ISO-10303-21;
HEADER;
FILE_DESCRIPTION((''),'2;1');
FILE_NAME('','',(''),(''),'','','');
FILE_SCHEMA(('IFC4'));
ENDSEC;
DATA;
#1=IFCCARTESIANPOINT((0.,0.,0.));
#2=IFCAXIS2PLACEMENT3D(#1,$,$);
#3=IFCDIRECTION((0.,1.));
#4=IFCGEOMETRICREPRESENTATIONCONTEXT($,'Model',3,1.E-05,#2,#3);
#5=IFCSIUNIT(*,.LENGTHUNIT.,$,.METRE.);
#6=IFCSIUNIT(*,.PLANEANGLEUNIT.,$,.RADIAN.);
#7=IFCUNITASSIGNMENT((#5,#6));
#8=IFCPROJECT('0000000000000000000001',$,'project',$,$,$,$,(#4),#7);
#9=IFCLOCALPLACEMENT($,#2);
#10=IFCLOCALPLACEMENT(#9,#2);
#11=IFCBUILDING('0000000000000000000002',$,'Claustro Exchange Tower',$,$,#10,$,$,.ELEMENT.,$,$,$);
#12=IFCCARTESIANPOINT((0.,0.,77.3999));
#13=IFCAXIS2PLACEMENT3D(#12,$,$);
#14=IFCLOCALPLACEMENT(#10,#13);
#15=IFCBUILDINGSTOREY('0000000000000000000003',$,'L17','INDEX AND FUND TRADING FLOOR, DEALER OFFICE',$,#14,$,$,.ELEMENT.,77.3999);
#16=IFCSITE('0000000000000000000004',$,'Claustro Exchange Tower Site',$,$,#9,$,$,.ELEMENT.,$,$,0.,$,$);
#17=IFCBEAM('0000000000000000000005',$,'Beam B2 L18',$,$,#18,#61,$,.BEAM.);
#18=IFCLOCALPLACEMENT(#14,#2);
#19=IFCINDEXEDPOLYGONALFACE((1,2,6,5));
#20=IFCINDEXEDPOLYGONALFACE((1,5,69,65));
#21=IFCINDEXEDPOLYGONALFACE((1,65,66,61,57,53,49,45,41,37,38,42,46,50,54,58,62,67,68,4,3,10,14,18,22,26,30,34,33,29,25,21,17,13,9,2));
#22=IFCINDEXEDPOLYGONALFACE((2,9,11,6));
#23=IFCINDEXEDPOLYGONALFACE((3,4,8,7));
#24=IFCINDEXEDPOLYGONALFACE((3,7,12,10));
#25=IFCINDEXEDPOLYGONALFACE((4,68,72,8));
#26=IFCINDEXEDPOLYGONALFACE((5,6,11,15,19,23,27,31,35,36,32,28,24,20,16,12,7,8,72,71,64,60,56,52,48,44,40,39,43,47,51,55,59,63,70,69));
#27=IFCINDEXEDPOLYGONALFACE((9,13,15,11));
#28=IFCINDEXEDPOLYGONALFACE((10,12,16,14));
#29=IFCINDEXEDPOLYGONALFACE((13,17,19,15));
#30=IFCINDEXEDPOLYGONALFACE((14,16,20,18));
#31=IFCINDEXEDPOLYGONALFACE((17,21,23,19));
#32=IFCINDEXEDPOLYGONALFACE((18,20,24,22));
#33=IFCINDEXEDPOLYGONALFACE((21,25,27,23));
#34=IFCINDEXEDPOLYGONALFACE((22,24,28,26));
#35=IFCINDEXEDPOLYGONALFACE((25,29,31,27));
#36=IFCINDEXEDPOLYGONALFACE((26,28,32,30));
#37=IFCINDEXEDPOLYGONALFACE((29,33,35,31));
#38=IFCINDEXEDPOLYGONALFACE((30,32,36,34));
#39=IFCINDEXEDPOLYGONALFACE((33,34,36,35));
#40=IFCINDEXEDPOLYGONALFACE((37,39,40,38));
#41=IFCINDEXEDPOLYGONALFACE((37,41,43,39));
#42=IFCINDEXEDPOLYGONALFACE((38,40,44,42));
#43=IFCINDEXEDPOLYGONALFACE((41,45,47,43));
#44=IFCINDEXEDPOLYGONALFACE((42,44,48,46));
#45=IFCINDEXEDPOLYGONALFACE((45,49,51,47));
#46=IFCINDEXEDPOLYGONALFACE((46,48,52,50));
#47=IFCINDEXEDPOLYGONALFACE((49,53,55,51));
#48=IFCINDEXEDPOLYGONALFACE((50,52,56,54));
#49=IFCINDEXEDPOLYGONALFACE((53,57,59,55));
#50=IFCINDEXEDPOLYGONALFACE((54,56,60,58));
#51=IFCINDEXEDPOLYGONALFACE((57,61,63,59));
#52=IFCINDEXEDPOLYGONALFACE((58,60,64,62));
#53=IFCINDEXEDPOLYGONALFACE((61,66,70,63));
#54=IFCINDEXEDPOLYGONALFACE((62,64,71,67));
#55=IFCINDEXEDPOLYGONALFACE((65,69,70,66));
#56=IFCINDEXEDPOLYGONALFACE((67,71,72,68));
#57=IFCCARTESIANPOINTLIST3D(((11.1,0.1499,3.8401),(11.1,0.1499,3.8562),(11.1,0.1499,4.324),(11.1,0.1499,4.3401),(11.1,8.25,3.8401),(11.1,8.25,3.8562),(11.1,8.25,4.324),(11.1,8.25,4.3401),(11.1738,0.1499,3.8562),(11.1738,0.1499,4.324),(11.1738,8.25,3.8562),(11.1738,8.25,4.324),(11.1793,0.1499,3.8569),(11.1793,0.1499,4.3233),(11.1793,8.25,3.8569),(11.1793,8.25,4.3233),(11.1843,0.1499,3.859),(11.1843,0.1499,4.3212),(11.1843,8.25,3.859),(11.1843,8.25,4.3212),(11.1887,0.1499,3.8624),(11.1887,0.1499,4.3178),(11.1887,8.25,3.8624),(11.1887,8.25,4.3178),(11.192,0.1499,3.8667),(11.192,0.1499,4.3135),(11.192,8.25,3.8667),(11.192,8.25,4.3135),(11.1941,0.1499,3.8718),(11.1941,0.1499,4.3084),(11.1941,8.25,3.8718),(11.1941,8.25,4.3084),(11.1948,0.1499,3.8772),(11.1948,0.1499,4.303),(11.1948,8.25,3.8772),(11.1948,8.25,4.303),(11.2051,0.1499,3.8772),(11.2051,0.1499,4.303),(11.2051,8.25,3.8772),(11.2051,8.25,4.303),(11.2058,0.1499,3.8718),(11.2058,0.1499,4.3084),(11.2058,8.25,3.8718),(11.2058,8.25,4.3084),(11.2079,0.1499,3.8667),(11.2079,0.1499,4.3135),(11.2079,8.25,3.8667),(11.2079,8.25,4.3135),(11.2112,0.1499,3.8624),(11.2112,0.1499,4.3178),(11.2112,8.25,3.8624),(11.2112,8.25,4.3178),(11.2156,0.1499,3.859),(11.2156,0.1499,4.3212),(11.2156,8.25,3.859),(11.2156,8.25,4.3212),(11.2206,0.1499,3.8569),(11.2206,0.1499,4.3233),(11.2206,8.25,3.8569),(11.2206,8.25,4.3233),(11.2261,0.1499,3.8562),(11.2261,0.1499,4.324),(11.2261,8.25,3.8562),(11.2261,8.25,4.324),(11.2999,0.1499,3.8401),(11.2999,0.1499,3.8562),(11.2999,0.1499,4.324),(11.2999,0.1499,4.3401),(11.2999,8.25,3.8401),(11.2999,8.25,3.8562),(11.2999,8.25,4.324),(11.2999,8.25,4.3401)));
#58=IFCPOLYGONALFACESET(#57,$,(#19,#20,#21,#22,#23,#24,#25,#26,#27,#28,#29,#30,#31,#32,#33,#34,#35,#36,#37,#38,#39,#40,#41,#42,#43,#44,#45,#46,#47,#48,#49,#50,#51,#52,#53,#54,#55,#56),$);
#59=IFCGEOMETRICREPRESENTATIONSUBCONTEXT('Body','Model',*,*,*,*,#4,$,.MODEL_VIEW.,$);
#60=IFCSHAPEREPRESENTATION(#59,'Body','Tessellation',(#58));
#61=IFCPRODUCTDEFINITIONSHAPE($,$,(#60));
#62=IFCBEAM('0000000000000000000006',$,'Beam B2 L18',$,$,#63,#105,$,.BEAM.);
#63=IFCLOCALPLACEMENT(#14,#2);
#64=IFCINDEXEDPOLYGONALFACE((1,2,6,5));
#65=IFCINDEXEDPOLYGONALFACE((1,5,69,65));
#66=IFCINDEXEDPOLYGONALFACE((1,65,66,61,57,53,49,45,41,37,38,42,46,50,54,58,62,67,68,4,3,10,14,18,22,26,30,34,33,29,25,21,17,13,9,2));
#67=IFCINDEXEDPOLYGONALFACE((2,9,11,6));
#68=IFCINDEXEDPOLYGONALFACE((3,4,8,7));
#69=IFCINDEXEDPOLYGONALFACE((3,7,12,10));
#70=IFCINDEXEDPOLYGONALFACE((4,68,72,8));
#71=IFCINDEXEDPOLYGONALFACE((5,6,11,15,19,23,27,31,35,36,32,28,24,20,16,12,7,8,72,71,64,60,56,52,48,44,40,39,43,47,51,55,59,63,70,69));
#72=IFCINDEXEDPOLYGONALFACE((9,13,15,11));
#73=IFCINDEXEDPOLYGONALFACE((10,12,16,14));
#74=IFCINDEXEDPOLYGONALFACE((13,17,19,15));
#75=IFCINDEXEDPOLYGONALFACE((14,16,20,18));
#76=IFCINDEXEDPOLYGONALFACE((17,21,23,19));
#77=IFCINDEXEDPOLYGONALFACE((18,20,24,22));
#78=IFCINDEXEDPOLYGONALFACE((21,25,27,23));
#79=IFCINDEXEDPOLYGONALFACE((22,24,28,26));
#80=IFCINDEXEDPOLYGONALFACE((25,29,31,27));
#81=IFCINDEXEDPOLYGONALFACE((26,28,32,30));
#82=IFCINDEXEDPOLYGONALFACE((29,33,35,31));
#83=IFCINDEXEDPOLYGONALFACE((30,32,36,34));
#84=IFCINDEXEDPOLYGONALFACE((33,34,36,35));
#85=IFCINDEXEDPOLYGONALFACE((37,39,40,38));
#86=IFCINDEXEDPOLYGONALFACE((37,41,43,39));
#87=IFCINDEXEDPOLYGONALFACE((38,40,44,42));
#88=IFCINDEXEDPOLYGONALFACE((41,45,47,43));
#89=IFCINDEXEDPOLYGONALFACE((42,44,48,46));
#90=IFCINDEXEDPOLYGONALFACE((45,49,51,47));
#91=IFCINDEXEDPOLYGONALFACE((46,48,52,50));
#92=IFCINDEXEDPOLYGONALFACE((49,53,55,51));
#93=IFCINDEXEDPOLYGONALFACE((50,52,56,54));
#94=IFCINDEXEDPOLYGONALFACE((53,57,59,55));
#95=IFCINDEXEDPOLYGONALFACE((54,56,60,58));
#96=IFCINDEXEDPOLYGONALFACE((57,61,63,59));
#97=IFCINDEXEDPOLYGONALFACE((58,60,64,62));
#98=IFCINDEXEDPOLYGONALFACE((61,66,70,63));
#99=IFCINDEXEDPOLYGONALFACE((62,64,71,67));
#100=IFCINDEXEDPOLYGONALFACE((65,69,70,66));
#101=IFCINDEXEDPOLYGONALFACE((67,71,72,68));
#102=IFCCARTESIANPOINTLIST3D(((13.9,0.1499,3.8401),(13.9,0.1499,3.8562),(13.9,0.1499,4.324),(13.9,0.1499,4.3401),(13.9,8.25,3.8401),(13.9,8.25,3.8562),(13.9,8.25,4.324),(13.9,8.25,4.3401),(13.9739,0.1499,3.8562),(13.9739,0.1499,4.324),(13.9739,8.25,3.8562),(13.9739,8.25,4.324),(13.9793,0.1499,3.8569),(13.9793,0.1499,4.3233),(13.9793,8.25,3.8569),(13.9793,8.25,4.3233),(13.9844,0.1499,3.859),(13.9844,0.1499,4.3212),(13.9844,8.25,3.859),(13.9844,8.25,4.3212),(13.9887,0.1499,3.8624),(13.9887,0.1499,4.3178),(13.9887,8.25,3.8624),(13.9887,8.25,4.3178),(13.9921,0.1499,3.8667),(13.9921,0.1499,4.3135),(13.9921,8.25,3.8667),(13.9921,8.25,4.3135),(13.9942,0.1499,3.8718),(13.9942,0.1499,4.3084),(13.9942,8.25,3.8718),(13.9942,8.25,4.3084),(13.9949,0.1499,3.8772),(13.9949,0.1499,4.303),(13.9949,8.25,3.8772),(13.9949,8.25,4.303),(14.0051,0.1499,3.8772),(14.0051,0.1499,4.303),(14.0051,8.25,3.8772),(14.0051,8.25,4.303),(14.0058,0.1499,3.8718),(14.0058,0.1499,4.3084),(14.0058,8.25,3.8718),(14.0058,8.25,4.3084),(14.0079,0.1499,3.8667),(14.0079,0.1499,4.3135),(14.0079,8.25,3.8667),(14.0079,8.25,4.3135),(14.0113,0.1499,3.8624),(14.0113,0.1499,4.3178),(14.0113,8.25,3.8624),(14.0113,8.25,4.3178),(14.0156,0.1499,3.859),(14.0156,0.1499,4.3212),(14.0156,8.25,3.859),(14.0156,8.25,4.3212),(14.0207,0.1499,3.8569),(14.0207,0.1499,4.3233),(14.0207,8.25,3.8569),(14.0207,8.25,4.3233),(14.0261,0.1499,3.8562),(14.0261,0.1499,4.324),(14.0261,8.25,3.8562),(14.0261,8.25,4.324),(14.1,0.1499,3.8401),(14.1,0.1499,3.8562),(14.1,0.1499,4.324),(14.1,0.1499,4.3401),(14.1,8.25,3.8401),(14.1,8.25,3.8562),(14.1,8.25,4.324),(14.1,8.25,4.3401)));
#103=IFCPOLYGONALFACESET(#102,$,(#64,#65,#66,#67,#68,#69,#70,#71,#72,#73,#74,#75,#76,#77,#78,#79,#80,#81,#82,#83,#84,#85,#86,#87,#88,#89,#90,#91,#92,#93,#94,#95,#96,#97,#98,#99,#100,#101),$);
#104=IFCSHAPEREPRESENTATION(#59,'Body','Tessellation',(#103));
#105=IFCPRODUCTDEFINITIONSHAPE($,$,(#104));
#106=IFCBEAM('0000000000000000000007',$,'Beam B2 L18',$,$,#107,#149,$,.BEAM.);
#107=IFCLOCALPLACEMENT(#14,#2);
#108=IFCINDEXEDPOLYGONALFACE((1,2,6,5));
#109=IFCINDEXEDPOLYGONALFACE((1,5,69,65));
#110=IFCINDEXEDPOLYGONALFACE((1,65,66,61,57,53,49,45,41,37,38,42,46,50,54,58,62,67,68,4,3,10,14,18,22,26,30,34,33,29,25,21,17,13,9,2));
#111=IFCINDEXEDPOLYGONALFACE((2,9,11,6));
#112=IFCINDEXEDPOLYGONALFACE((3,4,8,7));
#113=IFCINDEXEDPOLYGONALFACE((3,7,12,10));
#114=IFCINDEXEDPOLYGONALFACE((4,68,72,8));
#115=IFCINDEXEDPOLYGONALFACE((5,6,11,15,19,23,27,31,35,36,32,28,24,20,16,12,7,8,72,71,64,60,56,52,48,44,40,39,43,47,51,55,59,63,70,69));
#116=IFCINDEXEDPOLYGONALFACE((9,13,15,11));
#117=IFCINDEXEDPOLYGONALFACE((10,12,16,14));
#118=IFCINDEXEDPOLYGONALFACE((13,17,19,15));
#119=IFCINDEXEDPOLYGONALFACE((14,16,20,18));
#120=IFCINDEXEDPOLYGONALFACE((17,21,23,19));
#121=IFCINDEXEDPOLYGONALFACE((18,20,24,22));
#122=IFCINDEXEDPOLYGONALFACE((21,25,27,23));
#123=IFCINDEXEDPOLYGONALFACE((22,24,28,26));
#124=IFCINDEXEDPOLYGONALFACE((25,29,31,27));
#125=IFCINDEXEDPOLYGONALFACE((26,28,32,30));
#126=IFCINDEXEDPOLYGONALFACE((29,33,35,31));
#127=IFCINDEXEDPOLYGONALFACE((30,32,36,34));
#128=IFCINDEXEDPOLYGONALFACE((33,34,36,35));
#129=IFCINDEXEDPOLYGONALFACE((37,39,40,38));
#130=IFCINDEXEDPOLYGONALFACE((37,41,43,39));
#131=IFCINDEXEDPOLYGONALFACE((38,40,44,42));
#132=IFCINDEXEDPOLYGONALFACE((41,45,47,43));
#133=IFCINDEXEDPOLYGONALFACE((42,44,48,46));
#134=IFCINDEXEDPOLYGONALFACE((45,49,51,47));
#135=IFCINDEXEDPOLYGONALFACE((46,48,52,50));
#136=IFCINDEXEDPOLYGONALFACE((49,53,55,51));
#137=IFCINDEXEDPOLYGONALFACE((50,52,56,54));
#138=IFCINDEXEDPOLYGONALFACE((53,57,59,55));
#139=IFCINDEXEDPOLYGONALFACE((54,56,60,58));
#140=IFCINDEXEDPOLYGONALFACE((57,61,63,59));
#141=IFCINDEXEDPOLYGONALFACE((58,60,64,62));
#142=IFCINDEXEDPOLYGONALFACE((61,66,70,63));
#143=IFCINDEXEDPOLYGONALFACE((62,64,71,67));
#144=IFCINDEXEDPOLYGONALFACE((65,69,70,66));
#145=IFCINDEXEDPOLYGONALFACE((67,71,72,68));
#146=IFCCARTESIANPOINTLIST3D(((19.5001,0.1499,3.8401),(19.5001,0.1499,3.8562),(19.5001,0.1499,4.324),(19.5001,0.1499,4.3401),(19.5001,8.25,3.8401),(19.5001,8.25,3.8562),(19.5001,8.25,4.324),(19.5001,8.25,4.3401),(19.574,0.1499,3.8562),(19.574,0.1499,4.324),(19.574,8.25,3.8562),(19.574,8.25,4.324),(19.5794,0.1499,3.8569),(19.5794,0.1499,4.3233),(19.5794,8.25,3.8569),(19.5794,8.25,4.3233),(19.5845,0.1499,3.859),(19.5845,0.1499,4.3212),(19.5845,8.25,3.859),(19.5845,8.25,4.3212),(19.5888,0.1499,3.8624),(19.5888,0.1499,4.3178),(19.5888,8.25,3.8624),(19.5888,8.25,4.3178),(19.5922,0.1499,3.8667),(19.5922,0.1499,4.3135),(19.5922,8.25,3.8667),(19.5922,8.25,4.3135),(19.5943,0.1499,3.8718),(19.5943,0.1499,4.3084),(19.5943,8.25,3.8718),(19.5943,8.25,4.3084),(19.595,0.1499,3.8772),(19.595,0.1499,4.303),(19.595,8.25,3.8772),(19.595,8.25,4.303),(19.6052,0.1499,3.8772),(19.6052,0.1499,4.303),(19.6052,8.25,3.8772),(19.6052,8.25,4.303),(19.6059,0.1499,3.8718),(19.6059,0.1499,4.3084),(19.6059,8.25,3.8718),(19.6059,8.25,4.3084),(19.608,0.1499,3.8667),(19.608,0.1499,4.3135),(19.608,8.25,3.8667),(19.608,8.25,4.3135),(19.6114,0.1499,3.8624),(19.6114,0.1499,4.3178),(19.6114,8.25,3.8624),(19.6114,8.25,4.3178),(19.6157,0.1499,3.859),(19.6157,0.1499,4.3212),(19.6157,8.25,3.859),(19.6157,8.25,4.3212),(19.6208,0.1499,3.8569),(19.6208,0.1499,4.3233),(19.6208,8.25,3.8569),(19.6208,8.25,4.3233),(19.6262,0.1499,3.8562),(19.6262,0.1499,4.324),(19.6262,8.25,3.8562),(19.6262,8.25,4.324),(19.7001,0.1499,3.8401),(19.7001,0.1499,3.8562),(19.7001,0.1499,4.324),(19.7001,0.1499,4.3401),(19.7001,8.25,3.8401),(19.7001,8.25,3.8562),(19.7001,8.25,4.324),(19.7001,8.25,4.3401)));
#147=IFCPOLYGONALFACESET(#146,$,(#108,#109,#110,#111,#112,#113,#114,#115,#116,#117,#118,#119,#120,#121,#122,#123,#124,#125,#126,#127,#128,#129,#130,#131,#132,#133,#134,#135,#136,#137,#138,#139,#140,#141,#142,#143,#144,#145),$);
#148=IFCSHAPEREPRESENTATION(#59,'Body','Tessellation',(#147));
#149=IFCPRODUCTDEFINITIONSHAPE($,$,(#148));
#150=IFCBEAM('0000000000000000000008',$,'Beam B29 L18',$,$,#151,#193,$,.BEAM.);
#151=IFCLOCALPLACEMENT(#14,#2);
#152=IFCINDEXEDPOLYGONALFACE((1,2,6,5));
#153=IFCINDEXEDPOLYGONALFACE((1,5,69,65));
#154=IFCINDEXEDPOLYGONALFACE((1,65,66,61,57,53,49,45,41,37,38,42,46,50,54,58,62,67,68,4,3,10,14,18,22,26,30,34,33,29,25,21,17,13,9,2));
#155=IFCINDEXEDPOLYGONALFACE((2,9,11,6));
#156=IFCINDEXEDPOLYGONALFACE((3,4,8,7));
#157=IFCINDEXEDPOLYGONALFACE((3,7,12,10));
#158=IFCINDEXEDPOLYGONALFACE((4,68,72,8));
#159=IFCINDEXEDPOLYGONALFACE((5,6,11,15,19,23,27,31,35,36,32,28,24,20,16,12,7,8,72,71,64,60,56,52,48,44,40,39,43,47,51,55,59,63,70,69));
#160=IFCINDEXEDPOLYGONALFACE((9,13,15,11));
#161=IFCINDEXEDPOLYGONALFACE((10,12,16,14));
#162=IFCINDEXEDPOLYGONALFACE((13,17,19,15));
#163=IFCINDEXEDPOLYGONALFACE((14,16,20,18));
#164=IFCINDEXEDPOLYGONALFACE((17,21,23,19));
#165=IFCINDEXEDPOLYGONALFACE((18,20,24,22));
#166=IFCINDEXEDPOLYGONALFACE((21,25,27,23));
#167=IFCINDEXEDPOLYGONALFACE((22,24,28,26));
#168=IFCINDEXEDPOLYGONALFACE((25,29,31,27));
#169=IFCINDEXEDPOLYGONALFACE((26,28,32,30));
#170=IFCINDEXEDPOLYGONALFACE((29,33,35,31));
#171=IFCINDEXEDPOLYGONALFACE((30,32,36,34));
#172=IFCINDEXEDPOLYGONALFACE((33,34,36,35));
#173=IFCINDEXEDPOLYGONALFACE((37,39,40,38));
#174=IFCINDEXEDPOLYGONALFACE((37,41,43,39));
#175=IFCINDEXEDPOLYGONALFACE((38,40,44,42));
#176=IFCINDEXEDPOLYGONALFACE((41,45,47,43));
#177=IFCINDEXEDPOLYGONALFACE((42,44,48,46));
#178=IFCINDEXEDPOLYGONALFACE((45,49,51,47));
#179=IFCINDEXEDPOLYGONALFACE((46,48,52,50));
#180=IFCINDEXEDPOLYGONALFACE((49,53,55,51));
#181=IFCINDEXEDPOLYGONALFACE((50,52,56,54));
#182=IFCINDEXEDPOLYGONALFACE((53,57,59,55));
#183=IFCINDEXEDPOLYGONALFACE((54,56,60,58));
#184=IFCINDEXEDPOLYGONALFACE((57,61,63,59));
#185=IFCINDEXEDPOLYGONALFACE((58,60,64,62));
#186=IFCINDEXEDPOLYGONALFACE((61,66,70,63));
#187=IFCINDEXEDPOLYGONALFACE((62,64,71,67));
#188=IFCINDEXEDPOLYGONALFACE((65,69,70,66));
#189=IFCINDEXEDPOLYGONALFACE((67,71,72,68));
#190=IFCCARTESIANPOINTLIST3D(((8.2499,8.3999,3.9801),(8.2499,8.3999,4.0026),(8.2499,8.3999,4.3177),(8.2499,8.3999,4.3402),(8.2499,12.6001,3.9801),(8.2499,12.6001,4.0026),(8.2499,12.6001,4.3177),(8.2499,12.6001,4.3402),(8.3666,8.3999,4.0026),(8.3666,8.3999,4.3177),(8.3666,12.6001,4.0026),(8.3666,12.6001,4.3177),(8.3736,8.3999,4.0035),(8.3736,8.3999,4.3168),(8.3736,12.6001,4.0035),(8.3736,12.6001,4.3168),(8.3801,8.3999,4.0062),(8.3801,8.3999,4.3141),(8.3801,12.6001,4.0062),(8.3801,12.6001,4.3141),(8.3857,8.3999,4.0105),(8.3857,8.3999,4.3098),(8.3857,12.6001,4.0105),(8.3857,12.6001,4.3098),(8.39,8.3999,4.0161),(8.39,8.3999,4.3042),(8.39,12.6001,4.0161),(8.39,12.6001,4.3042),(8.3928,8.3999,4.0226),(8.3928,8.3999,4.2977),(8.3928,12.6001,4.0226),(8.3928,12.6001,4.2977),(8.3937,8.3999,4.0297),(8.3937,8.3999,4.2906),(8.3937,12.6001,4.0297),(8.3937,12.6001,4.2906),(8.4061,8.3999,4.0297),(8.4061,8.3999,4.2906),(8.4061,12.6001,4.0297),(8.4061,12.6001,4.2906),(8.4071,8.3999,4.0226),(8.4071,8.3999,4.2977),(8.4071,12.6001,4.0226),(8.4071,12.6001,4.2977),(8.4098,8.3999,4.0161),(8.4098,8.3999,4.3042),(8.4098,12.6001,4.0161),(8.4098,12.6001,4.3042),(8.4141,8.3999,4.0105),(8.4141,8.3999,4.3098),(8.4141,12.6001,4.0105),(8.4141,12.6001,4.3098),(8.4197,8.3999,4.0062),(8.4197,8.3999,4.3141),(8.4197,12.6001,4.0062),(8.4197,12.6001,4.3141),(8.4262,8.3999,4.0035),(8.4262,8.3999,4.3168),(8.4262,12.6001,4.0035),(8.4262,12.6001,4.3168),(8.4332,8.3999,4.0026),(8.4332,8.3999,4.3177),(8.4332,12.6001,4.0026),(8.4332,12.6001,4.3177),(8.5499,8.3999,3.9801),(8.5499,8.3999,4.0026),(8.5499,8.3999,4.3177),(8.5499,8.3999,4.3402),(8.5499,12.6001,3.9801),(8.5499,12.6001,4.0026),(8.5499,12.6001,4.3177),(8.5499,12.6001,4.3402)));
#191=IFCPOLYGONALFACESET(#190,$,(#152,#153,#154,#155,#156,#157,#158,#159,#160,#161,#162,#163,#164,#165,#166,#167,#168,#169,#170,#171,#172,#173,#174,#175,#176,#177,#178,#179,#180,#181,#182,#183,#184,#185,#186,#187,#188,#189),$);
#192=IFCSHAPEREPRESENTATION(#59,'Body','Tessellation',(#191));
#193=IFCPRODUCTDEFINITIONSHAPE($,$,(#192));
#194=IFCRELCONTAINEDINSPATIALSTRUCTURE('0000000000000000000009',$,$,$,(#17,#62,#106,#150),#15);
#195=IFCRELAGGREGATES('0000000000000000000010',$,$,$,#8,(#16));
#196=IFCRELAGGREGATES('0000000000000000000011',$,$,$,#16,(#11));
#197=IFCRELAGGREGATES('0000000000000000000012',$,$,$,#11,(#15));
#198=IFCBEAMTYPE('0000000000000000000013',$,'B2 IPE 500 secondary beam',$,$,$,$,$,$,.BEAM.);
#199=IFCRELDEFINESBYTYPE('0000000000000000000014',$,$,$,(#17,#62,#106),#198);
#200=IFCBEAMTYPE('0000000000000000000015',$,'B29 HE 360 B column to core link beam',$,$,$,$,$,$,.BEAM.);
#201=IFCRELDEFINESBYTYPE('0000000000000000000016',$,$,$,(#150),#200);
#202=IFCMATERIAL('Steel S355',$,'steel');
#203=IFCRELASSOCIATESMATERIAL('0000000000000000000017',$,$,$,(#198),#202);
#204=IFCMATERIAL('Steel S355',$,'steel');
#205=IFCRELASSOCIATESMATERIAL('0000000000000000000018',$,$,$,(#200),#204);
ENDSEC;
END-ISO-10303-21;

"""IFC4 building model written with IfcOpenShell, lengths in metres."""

from ifc_helpers import new_model, si_unit, direction, frame, origin, origin_2d, place, context, subcontext, project, spatial, i_section, extrude, material, material_profile, profile_set, type_object, element, save


model = new_model("IFC4")

# Units and contexts
model_context = context("Model", 3, precision=1e-05, world=origin(), true_north=direction((0.0, 1.0)))
body_context = subcontext(model_context, "Body", "Model", "MODEL_VIEW")
ifc_project = project(units=[si_unit("LENGTHUNIT", "METRE"), si_unit("PLANEANGLEUNIT", "RADIAN")], contexts=[model_context])

# Site, building, storey
site_placement = place(None, origin())
site = spatial("IfcSite", under=ifc_project, at=site_placement, Name="Claustro Exchange Tower Site", CompositionType="ELEMENT", RefElevation=0.0)
building_placement = place(site_placement, origin())
building = spatial("IfcBuilding", under=site, at=building_placement, Name="Claustro Exchange Tower", CompositionType="ELEMENT")
storey_placement = place(building_placement, frame((0.0, 0.0, 77.3999)))
storey = spatial("IfcBuildingStorey", under=building, at=storey_placement, Name="L17", Description="INDEX AND FUND TRADING FLOOR, DEALER OFFICE", CompositionType="ELEMENT", Elevation=77.3999)

# Beams
ifc_material_1 = material(Name="Steel S355", Category="steel")
ifc_material_profile_1 = material_profile(ifc_material_1, i_section(OverallWidth=0.2, OverallDepth=0.5, WebThickness=0.0103, FlangeThickness=0.0161, FilletRadius=0.021, at=origin_2d()), Name="IPE 500")
ifc_profile_set_1 = profile_set([ifc_material_profile_1], Name="Steel S355")
beam_type_1 = type_object("IfcBeamType", Name="B2 IPE 500 secondary beam", PredefinedType="BEAM", material=ifc_profile_set_1)
for number, where, z_axis, x_axis, name in (
    (1, (11.2, 0.1499, 4.0901), (0.0, 1.0, 0.0), (-1.0, 0.0, 0.0), "Beam B2 L18"),
    (2, (14.0, 0.1499, 4.0901), (0.0, 1.0, 0.0), (-1.0, 0.0, 0.0), "Beam B2 L18"),
    (3, (19.6001, 0.1499, 4.0901), (0.0, 1.0, 0.0), (-1.0, 0.0, 0.0), "Beam B2 L18"),
):
    element("IfcBeam", number, at=place(storey_placement, frame(where, z_axis=z_axis, x_axis=x_axis)), inside=storey, type_object=beam_type_1, Name=name, PredefinedType="BEAM", context=body_context, shape_type="SweptSolid", body=[
        extrude(i_section(OverallWidth=0.2, OverallDepth=0.5, WebThickness=0.0103, FlangeThickness=0.0161, FilletRadius=0.021, at=origin_2d()), origin(), (0.0, 0.0, 1.0), 8.1001),
    ])
ifc_material_2 = material(Name="Steel S355", Category="steel")
ifc_material_profile_2 = material_profile(ifc_material_2, i_section(OverallWidth=0.3, OverallDepth=0.3601, WebThickness=0.0125, FlangeThickness=0.0225, FilletRadius=0.0271, at=origin_2d()), Name="HE 360 B")
ifc_profile_set_2 = profile_set([ifc_material_profile_2], Name="Steel S355")
beam_type_2 = type_object("IfcBeamType", Name="B29 HE 360 B column to core link beam", PredefinedType="BEAM", material=ifc_profile_set_2)
for number, where, z_axis, x_axis, name in (
    (4, (8.3999, 8.3999, 4.1602), (0.0, 1.0, 0.0), (-1.0, 0.0, 0.0), "Beam B29 L18"),
):
    element("IfcBeam", number, at=place(storey_placement, frame(where, z_axis=z_axis, x_axis=x_axis)), inside=storey, type_object=beam_type_2, Name=name, PredefinedType="BEAM", context=body_context, shape_type="SweptSolid", body=[
        extrude(i_section(OverallWidth=0.3, OverallDepth=0.3601, WebThickness=0.0125, FlangeThickness=0.0225, FilletRadius=0.0271, at=origin_2d()), origin(), (0.0, 0.0, 1.0), 4.2002),
    ])

save(model, "model.ifc")
